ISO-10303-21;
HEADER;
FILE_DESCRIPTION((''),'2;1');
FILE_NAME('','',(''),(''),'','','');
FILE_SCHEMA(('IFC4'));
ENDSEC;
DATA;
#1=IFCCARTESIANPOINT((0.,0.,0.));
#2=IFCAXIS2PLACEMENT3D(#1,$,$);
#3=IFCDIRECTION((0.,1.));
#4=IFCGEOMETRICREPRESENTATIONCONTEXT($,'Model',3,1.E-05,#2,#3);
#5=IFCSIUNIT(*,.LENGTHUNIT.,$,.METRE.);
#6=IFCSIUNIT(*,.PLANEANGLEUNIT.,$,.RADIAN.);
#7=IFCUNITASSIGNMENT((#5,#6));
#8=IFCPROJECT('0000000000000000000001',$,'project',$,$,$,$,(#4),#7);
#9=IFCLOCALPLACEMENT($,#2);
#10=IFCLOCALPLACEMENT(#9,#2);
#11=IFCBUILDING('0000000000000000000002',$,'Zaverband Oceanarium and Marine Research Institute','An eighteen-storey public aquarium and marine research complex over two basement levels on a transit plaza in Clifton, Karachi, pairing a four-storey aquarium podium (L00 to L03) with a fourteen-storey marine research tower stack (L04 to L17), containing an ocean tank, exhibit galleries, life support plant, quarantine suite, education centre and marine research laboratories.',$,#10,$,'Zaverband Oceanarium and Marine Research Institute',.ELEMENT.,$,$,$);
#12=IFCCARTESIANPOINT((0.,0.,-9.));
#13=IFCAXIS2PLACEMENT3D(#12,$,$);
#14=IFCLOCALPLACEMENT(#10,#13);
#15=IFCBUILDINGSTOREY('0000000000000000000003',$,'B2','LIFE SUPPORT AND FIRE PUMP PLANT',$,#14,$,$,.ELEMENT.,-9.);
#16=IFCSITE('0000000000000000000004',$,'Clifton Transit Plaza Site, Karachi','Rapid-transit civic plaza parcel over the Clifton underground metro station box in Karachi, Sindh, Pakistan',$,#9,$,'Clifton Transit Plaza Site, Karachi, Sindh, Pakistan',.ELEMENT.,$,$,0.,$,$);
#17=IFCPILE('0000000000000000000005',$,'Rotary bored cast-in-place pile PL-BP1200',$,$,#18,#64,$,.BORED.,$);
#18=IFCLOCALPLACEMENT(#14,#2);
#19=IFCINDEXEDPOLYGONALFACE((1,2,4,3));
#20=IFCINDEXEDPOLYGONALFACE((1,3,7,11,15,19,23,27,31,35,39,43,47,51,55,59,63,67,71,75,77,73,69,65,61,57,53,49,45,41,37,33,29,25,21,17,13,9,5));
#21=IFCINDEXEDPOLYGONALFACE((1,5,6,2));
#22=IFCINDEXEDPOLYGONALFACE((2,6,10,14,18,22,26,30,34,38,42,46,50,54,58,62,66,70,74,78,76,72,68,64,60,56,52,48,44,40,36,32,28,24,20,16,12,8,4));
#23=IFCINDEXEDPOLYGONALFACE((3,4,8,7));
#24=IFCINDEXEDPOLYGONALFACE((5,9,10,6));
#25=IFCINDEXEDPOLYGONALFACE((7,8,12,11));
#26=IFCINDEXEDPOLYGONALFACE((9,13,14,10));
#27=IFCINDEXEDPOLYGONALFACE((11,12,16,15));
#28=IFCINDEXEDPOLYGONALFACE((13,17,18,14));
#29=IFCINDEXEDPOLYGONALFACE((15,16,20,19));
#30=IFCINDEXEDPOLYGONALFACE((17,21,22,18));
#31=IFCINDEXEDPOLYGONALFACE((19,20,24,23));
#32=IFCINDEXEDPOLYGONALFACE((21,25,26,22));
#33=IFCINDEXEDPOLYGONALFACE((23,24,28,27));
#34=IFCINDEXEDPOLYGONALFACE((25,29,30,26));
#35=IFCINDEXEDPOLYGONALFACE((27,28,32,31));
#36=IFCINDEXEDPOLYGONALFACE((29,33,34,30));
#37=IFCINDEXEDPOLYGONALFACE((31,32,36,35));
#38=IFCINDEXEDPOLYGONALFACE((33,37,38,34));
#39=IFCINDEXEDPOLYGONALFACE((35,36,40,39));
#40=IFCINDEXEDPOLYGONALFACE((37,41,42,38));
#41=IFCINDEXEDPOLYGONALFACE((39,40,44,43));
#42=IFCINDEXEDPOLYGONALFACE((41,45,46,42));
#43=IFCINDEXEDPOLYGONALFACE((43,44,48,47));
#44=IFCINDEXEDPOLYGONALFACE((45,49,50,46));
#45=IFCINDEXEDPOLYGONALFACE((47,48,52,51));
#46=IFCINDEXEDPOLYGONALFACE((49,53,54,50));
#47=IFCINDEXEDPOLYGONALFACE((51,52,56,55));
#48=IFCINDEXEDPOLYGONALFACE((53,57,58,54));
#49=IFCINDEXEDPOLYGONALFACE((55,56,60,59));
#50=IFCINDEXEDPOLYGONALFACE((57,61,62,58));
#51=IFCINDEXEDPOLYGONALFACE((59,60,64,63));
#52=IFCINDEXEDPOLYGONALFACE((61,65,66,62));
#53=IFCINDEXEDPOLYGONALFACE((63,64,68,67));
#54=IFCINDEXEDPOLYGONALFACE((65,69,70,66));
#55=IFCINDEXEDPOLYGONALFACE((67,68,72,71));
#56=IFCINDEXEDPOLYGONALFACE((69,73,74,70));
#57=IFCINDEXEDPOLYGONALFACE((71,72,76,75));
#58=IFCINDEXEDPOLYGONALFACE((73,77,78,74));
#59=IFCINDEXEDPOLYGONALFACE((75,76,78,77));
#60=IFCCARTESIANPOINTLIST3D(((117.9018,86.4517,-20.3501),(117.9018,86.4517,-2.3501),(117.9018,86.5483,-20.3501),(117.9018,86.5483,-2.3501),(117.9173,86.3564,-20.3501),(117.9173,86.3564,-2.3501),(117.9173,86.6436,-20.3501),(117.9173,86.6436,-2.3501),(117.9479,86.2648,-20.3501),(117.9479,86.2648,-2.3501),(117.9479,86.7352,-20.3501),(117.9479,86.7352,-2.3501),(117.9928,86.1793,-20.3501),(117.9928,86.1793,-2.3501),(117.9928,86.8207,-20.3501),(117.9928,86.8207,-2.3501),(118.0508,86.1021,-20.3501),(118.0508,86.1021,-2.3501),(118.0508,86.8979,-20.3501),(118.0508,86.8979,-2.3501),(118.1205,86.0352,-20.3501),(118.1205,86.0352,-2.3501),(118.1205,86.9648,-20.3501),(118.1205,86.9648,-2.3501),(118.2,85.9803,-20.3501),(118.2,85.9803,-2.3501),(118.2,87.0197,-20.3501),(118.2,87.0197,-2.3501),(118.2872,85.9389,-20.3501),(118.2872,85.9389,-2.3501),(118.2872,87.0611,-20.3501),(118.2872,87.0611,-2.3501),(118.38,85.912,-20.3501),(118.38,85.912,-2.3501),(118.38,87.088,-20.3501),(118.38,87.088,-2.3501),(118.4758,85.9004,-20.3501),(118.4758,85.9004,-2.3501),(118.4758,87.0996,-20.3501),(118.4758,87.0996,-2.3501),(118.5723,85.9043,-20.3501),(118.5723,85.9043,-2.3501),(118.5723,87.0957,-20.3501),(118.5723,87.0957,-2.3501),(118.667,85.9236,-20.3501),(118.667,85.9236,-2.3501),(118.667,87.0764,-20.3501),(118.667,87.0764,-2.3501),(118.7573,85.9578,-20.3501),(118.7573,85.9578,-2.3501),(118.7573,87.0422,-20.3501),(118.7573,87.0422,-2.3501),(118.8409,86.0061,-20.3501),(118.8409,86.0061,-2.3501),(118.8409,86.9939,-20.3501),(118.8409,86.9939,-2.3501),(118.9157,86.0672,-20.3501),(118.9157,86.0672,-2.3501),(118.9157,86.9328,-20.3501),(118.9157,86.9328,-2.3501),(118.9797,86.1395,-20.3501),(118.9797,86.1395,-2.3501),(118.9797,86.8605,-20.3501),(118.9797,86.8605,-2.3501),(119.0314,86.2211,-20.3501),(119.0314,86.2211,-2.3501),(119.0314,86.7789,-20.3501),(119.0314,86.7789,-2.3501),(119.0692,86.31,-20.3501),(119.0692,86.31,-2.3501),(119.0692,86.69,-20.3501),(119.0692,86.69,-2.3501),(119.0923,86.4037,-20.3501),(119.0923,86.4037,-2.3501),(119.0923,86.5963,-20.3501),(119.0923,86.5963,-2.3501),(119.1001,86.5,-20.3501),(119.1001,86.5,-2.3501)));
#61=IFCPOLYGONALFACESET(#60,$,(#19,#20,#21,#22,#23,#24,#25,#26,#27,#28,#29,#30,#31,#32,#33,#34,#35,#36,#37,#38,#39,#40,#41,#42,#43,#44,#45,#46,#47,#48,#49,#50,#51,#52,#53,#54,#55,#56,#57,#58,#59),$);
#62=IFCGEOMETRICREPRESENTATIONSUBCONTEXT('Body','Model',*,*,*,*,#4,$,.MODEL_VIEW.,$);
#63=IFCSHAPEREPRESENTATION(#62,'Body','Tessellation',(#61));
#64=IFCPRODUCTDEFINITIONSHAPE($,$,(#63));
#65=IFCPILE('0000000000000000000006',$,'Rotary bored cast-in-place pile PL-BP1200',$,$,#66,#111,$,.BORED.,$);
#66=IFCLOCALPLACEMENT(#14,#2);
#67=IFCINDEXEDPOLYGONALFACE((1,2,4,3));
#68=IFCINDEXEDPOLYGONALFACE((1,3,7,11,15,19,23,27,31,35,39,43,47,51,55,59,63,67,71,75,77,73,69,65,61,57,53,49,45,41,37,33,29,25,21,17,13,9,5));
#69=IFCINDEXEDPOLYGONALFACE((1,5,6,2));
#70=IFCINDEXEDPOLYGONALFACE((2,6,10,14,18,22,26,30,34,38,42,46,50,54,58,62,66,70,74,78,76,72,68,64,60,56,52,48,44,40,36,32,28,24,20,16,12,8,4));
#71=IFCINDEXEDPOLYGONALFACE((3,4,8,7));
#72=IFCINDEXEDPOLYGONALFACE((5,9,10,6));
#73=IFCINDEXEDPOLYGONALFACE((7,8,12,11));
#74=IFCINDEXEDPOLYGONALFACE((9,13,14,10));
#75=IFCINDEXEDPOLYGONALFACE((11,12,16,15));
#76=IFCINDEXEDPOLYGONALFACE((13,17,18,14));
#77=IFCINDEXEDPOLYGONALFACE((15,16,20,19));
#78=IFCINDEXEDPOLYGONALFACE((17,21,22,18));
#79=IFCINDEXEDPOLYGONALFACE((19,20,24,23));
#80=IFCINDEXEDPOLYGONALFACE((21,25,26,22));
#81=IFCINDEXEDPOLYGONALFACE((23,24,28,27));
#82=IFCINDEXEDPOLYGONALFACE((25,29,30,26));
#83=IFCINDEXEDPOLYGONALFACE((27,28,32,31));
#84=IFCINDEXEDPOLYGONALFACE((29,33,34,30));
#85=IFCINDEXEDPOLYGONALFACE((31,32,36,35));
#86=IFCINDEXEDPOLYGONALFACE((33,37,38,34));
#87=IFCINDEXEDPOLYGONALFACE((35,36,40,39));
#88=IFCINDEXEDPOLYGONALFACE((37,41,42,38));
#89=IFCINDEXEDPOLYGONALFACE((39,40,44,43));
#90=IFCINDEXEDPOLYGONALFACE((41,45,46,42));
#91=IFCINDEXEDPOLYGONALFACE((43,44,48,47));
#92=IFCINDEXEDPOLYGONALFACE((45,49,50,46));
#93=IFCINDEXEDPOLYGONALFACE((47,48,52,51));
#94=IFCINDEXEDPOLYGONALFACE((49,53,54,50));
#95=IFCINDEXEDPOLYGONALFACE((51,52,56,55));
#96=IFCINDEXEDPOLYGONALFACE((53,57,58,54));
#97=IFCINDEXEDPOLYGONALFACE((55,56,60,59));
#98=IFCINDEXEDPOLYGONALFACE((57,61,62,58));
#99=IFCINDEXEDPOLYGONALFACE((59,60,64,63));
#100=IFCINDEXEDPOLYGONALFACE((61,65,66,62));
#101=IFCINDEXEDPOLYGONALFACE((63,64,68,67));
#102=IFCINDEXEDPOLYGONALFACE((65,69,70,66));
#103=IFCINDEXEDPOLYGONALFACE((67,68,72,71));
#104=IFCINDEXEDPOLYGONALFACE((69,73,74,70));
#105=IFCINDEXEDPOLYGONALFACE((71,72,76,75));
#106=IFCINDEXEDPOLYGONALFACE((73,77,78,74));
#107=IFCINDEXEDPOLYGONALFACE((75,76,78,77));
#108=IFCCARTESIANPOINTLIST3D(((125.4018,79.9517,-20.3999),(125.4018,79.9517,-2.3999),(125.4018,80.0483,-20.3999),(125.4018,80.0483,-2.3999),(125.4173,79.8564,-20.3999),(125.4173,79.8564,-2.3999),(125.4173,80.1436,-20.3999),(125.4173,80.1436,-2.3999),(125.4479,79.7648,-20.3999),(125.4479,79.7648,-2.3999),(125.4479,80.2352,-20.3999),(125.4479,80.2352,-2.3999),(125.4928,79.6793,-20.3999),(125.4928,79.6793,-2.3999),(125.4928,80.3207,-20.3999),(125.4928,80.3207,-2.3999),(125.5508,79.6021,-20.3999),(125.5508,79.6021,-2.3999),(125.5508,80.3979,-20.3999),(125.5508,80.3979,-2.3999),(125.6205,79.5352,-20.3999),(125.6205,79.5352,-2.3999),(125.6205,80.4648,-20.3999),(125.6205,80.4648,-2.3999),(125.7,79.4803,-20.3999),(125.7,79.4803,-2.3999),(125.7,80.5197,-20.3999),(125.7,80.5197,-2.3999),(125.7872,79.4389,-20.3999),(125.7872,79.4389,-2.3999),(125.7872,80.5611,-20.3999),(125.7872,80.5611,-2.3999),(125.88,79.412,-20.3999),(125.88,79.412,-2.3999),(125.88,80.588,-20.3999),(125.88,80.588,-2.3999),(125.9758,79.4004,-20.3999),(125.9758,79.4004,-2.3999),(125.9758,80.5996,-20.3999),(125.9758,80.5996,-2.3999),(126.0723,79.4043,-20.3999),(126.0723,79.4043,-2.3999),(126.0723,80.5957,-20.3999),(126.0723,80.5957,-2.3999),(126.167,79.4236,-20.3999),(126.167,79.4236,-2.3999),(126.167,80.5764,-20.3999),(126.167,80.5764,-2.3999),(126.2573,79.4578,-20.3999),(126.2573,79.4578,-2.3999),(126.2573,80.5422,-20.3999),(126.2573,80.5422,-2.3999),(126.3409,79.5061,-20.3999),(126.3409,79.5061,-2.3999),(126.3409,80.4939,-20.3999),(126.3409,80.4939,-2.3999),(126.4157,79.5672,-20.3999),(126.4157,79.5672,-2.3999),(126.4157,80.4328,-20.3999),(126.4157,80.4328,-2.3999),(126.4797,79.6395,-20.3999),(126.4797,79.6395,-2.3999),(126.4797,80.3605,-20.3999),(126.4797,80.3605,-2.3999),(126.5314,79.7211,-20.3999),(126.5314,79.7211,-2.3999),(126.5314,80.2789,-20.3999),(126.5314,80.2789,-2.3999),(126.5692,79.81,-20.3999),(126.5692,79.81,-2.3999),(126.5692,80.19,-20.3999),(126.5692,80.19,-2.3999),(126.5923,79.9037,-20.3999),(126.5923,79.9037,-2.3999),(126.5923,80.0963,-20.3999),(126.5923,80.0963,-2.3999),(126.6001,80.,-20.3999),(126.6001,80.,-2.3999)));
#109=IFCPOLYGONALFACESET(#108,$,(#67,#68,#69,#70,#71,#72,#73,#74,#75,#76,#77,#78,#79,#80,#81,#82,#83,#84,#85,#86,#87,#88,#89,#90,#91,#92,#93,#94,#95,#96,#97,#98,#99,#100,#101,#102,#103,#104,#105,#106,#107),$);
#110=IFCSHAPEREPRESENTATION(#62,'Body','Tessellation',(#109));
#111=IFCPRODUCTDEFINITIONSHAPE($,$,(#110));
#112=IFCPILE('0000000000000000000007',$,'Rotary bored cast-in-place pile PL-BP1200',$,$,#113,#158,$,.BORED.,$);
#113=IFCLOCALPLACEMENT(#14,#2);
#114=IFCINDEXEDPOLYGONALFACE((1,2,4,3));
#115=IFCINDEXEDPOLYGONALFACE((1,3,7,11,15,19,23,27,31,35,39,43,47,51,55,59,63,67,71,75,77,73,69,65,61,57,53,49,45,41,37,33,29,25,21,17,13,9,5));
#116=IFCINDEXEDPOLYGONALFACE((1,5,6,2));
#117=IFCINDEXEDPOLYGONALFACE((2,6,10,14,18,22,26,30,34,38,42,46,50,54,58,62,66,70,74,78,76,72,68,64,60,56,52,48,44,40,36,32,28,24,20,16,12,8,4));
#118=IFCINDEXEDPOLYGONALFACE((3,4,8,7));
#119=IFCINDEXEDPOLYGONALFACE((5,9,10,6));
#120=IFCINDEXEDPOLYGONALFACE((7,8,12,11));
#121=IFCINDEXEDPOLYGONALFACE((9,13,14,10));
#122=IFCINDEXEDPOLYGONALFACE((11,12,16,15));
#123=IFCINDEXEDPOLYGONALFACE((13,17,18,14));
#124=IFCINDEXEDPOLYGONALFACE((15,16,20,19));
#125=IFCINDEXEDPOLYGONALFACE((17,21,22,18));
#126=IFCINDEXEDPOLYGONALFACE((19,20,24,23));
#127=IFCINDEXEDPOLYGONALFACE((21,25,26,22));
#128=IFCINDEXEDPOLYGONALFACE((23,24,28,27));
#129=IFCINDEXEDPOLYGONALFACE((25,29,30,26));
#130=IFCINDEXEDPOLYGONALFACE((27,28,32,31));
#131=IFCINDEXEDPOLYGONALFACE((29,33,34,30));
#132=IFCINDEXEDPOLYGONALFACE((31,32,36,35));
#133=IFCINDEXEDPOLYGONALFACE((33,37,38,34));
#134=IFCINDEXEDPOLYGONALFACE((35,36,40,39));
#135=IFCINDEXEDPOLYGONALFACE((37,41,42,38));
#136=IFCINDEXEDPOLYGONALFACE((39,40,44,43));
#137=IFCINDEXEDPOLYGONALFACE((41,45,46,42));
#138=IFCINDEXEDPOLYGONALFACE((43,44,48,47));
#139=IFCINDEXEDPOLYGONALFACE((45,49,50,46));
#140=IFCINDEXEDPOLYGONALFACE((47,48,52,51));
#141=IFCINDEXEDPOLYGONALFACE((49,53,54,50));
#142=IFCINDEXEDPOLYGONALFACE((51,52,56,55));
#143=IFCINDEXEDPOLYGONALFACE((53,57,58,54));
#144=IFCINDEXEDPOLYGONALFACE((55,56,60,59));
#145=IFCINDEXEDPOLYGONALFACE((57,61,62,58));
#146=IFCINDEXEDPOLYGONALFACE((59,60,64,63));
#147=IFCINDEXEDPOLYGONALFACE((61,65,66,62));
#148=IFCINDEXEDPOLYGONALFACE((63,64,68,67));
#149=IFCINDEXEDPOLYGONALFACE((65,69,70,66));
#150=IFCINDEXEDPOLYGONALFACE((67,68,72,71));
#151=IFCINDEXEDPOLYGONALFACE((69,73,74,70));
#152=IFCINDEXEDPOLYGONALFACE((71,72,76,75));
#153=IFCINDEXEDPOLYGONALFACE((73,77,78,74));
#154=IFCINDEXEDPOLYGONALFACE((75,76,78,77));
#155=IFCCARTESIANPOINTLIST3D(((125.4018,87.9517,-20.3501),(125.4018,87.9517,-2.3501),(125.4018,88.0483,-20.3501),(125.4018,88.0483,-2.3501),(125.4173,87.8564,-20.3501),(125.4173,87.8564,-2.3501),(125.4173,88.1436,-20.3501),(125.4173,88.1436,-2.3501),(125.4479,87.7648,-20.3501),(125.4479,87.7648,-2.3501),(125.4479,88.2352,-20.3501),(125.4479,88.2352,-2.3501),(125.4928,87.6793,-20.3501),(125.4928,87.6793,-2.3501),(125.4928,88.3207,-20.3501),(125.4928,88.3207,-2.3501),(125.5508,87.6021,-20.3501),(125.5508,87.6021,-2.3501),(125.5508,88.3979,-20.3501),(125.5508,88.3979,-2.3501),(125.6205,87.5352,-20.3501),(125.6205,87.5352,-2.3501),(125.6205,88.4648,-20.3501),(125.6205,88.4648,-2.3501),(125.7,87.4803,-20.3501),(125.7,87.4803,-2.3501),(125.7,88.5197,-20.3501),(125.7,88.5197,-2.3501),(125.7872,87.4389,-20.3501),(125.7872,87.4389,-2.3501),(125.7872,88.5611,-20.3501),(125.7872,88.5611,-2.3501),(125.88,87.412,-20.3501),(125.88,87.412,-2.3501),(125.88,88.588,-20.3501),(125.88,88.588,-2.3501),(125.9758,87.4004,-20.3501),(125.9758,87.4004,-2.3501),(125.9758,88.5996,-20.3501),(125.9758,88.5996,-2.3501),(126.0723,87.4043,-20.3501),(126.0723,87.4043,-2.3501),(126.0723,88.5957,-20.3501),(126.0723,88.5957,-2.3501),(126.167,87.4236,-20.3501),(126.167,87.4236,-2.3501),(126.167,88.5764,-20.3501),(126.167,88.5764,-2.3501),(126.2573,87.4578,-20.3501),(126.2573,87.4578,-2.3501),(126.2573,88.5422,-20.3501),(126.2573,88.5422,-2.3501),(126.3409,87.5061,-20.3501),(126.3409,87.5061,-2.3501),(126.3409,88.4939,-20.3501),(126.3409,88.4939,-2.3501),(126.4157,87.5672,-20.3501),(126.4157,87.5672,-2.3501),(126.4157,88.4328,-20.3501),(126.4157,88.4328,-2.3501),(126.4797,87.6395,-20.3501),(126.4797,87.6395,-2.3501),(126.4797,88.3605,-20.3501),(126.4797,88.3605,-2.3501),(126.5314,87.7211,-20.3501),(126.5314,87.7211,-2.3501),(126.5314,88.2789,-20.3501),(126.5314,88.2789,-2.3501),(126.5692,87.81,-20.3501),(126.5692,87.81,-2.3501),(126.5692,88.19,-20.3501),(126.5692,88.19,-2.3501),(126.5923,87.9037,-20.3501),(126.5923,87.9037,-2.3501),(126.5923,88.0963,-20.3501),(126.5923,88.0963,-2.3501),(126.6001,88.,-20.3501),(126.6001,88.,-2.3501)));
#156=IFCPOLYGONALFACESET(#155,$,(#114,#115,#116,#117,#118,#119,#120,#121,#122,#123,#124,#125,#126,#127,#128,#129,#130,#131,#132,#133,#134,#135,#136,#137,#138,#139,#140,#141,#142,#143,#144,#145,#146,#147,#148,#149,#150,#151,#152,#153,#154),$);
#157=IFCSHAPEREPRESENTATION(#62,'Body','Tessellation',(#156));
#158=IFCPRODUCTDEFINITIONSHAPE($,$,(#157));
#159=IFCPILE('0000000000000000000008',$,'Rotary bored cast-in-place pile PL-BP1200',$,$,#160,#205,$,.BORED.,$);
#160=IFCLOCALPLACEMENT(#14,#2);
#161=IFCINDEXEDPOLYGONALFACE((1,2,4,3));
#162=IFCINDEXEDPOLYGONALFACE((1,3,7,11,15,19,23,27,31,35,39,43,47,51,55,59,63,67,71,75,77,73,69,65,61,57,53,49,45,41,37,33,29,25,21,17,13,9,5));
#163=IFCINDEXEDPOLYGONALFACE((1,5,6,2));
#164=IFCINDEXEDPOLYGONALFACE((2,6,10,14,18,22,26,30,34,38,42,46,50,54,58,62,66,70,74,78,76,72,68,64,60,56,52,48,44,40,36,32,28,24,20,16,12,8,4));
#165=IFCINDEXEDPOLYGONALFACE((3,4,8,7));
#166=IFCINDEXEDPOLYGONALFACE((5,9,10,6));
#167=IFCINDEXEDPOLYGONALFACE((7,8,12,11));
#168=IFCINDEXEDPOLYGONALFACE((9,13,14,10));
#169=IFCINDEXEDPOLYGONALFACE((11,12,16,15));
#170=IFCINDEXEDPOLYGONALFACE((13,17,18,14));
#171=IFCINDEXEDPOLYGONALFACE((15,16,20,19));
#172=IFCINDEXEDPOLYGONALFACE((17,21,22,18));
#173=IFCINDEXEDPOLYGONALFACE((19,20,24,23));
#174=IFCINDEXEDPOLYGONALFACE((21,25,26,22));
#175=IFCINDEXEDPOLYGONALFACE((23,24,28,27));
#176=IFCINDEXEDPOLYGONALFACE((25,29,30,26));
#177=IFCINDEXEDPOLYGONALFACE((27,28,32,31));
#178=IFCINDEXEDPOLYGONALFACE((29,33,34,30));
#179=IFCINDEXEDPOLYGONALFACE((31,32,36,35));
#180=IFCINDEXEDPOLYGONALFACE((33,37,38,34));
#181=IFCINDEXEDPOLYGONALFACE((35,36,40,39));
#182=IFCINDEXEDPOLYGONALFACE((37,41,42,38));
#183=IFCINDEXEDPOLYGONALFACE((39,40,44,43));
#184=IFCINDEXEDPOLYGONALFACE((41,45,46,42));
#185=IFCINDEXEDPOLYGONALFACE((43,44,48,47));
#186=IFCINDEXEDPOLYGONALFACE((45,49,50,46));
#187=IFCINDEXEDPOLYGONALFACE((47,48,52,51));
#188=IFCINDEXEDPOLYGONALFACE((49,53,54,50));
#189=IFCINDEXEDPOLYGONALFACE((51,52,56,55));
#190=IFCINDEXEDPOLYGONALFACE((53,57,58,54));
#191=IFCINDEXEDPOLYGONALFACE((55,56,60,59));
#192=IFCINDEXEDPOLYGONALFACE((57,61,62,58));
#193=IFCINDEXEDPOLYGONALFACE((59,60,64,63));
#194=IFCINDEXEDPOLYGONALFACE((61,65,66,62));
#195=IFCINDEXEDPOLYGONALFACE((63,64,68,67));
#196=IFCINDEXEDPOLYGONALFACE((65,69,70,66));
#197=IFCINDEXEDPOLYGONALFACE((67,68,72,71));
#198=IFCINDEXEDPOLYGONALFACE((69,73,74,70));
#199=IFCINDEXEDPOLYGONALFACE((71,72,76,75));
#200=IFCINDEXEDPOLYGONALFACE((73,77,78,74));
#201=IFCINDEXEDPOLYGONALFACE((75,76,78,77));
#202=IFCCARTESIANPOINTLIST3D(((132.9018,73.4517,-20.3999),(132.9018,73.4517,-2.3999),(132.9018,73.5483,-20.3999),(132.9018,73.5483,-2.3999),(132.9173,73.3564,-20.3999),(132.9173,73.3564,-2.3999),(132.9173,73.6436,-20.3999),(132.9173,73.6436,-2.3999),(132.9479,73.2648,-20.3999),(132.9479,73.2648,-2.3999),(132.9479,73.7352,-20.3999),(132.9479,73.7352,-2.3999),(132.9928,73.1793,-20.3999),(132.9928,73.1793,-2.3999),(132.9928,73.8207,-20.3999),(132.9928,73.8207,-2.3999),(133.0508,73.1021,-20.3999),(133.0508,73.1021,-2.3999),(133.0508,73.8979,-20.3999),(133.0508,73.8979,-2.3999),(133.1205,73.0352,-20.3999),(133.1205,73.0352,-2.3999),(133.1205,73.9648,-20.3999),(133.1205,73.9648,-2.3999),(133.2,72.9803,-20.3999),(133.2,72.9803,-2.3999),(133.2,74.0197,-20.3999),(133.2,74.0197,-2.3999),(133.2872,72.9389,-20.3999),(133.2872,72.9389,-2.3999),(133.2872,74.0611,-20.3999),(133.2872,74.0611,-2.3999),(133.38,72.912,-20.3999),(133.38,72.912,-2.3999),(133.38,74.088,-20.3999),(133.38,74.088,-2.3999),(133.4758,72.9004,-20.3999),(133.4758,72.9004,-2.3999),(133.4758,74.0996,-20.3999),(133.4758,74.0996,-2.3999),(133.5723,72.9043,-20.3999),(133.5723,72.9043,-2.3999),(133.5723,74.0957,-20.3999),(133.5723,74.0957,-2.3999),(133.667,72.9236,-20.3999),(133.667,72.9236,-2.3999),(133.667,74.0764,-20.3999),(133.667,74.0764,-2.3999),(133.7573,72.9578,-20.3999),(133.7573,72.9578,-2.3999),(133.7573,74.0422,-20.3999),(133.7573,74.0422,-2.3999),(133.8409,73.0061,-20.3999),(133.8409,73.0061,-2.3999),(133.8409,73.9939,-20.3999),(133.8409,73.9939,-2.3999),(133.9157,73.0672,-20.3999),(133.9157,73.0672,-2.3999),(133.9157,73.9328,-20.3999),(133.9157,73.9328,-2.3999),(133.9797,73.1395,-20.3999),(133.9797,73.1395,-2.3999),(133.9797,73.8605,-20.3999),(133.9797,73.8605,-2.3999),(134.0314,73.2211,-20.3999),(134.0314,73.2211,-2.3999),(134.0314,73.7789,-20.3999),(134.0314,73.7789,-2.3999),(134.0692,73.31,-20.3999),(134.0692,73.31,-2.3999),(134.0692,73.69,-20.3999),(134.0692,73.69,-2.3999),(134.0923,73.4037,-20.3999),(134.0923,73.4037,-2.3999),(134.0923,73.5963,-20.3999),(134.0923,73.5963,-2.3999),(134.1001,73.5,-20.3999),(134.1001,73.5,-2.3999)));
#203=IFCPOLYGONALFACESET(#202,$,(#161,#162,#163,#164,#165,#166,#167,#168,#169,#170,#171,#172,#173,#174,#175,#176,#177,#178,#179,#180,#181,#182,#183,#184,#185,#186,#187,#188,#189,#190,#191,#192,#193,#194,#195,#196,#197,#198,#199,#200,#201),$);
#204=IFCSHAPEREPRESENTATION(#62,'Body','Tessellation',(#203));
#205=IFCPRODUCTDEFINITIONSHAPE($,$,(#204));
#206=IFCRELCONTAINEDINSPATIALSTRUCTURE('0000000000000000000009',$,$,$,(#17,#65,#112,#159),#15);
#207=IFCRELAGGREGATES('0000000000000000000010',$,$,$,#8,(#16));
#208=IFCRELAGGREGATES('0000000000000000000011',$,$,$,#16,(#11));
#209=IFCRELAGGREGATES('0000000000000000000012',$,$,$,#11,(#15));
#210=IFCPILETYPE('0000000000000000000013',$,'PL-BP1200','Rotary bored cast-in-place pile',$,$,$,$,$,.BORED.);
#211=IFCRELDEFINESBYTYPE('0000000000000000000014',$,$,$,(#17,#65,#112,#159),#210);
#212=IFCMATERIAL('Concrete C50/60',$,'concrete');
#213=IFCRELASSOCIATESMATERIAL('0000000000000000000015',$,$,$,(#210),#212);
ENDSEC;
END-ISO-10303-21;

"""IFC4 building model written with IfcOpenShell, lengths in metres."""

from ifc_helpers import new_model, si_unit, direction, frame, origin, origin_2d, place, context, subcontext, project, spatial, circle, extrude, material, material_profile, profile_set, type_object, element, save


model = new_model("IFC4")

# Units and contexts
model_context = context("Model", 3, precision=1e-05, world=origin(), true_north=direction((0.0, 1.0)))
body_context = subcontext(model_context, "Body", "Model", "MODEL_VIEW")
ifc_project = project(units=[si_unit("LENGTHUNIT", "METRE"), si_unit("PLANEANGLEUNIT", "RADIAN")], contexts=[model_context])

# Site, building, storey
site_placement = place(None, origin())
site = spatial("IfcSite", under=ifc_project, at=site_placement, Name="Clifton Transit Plaza Site, Karachi", Description="Rapid-transit civic plaza parcel over the Clifton underground metro station box in Karachi, Sindh, Pakistan", LongName="Clifton Transit Plaza Site, Karachi, Sindh, Pakistan", CompositionType="ELEMENT", RefElevation=0.0)
building_placement = place(site_placement, origin())
building = spatial("IfcBuilding", under=site, at=building_placement, Name="Zaverband Oceanarium and Marine Research Institute", Description="An eighteen-storey public aquarium and marine research complex over two basement levels on a transit plaza in Clifton, Karachi, pairing a four-storey aquarium podium (L00 to L03) with a fourteen-storey marine research tower stack (L04 to L17), containing an ocean tank, exhibit galleries, life support plant, quarantine suite, education centre and marine research laboratories.", LongName="Zaverband Oceanarium and Marine Research Institute", CompositionType="ELEMENT")
storey_placement = place(building_placement, frame((0.0, 0.0, -9.0)))
storey = spatial("IfcBuildingStorey", under=building, at=storey_placement, Name="B2", Description="LIFE SUPPORT AND FIRE PUMP PLANT", CompositionType="ELEMENT", Elevation=-9.0)

# Shared definitions
ifc_material_1 = material(Name="Concrete C50/60", Category="concrete")

# Piles
ifc_material_profile_1 = material_profile(ifc_material_1, circle(Radius=0.6001, at=origin_2d()), Name="BP1200")
ifc_profile_set_1 = profile_set([ifc_material_profile_1], Name="Concrete C50/60")
pile_type = type_object("IfcPileType", Name="PL-BP1200", Description="Rotary bored cast-in-place pile", PredefinedType="BORED", material=ifc_profile_set_1)
for number, where, z_axis, x_axis, name in (
    (1, (118.5, 86.5, -2.3501), (0.0, 0.0, -1.0), (1.0, 0.0, 0.0), "Rotary bored cast-in-place pile PL-BP1200"),
    (2, (126.0, 80.0, -2.3999), (0.0, 0.0, -1.0), (1.0, 0.0, 0.0), "Rotary bored cast-in-place pile PL-BP1200"),
    (3, (126.0, 88.0, -2.3501), (0.0, 0.0, -1.0), (1.0, 0.0, 0.0), "Rotary bored cast-in-place pile PL-BP1200"),
    (4, (133.5, 73.5, -2.3999), (0.0, 0.0, -1.0), (1.0, 0.0, 0.0), "Rotary bored cast-in-place pile PL-BP1200"),
):
    element("IfcPile", number, at=place(storey_placement, frame(where, z_axis=z_axis, x_axis=x_axis)), inside=storey, type_object=pile_type, Name=name, PredefinedType="BORED", context=body_context, shape_type="SweptSolid", body=[
        extrude(circle(Radius=0.6001, at=origin_2d()), origin(), (0.0, 0.0, 1.0), 18.0),
    ])

save(model, "model.ifc")
